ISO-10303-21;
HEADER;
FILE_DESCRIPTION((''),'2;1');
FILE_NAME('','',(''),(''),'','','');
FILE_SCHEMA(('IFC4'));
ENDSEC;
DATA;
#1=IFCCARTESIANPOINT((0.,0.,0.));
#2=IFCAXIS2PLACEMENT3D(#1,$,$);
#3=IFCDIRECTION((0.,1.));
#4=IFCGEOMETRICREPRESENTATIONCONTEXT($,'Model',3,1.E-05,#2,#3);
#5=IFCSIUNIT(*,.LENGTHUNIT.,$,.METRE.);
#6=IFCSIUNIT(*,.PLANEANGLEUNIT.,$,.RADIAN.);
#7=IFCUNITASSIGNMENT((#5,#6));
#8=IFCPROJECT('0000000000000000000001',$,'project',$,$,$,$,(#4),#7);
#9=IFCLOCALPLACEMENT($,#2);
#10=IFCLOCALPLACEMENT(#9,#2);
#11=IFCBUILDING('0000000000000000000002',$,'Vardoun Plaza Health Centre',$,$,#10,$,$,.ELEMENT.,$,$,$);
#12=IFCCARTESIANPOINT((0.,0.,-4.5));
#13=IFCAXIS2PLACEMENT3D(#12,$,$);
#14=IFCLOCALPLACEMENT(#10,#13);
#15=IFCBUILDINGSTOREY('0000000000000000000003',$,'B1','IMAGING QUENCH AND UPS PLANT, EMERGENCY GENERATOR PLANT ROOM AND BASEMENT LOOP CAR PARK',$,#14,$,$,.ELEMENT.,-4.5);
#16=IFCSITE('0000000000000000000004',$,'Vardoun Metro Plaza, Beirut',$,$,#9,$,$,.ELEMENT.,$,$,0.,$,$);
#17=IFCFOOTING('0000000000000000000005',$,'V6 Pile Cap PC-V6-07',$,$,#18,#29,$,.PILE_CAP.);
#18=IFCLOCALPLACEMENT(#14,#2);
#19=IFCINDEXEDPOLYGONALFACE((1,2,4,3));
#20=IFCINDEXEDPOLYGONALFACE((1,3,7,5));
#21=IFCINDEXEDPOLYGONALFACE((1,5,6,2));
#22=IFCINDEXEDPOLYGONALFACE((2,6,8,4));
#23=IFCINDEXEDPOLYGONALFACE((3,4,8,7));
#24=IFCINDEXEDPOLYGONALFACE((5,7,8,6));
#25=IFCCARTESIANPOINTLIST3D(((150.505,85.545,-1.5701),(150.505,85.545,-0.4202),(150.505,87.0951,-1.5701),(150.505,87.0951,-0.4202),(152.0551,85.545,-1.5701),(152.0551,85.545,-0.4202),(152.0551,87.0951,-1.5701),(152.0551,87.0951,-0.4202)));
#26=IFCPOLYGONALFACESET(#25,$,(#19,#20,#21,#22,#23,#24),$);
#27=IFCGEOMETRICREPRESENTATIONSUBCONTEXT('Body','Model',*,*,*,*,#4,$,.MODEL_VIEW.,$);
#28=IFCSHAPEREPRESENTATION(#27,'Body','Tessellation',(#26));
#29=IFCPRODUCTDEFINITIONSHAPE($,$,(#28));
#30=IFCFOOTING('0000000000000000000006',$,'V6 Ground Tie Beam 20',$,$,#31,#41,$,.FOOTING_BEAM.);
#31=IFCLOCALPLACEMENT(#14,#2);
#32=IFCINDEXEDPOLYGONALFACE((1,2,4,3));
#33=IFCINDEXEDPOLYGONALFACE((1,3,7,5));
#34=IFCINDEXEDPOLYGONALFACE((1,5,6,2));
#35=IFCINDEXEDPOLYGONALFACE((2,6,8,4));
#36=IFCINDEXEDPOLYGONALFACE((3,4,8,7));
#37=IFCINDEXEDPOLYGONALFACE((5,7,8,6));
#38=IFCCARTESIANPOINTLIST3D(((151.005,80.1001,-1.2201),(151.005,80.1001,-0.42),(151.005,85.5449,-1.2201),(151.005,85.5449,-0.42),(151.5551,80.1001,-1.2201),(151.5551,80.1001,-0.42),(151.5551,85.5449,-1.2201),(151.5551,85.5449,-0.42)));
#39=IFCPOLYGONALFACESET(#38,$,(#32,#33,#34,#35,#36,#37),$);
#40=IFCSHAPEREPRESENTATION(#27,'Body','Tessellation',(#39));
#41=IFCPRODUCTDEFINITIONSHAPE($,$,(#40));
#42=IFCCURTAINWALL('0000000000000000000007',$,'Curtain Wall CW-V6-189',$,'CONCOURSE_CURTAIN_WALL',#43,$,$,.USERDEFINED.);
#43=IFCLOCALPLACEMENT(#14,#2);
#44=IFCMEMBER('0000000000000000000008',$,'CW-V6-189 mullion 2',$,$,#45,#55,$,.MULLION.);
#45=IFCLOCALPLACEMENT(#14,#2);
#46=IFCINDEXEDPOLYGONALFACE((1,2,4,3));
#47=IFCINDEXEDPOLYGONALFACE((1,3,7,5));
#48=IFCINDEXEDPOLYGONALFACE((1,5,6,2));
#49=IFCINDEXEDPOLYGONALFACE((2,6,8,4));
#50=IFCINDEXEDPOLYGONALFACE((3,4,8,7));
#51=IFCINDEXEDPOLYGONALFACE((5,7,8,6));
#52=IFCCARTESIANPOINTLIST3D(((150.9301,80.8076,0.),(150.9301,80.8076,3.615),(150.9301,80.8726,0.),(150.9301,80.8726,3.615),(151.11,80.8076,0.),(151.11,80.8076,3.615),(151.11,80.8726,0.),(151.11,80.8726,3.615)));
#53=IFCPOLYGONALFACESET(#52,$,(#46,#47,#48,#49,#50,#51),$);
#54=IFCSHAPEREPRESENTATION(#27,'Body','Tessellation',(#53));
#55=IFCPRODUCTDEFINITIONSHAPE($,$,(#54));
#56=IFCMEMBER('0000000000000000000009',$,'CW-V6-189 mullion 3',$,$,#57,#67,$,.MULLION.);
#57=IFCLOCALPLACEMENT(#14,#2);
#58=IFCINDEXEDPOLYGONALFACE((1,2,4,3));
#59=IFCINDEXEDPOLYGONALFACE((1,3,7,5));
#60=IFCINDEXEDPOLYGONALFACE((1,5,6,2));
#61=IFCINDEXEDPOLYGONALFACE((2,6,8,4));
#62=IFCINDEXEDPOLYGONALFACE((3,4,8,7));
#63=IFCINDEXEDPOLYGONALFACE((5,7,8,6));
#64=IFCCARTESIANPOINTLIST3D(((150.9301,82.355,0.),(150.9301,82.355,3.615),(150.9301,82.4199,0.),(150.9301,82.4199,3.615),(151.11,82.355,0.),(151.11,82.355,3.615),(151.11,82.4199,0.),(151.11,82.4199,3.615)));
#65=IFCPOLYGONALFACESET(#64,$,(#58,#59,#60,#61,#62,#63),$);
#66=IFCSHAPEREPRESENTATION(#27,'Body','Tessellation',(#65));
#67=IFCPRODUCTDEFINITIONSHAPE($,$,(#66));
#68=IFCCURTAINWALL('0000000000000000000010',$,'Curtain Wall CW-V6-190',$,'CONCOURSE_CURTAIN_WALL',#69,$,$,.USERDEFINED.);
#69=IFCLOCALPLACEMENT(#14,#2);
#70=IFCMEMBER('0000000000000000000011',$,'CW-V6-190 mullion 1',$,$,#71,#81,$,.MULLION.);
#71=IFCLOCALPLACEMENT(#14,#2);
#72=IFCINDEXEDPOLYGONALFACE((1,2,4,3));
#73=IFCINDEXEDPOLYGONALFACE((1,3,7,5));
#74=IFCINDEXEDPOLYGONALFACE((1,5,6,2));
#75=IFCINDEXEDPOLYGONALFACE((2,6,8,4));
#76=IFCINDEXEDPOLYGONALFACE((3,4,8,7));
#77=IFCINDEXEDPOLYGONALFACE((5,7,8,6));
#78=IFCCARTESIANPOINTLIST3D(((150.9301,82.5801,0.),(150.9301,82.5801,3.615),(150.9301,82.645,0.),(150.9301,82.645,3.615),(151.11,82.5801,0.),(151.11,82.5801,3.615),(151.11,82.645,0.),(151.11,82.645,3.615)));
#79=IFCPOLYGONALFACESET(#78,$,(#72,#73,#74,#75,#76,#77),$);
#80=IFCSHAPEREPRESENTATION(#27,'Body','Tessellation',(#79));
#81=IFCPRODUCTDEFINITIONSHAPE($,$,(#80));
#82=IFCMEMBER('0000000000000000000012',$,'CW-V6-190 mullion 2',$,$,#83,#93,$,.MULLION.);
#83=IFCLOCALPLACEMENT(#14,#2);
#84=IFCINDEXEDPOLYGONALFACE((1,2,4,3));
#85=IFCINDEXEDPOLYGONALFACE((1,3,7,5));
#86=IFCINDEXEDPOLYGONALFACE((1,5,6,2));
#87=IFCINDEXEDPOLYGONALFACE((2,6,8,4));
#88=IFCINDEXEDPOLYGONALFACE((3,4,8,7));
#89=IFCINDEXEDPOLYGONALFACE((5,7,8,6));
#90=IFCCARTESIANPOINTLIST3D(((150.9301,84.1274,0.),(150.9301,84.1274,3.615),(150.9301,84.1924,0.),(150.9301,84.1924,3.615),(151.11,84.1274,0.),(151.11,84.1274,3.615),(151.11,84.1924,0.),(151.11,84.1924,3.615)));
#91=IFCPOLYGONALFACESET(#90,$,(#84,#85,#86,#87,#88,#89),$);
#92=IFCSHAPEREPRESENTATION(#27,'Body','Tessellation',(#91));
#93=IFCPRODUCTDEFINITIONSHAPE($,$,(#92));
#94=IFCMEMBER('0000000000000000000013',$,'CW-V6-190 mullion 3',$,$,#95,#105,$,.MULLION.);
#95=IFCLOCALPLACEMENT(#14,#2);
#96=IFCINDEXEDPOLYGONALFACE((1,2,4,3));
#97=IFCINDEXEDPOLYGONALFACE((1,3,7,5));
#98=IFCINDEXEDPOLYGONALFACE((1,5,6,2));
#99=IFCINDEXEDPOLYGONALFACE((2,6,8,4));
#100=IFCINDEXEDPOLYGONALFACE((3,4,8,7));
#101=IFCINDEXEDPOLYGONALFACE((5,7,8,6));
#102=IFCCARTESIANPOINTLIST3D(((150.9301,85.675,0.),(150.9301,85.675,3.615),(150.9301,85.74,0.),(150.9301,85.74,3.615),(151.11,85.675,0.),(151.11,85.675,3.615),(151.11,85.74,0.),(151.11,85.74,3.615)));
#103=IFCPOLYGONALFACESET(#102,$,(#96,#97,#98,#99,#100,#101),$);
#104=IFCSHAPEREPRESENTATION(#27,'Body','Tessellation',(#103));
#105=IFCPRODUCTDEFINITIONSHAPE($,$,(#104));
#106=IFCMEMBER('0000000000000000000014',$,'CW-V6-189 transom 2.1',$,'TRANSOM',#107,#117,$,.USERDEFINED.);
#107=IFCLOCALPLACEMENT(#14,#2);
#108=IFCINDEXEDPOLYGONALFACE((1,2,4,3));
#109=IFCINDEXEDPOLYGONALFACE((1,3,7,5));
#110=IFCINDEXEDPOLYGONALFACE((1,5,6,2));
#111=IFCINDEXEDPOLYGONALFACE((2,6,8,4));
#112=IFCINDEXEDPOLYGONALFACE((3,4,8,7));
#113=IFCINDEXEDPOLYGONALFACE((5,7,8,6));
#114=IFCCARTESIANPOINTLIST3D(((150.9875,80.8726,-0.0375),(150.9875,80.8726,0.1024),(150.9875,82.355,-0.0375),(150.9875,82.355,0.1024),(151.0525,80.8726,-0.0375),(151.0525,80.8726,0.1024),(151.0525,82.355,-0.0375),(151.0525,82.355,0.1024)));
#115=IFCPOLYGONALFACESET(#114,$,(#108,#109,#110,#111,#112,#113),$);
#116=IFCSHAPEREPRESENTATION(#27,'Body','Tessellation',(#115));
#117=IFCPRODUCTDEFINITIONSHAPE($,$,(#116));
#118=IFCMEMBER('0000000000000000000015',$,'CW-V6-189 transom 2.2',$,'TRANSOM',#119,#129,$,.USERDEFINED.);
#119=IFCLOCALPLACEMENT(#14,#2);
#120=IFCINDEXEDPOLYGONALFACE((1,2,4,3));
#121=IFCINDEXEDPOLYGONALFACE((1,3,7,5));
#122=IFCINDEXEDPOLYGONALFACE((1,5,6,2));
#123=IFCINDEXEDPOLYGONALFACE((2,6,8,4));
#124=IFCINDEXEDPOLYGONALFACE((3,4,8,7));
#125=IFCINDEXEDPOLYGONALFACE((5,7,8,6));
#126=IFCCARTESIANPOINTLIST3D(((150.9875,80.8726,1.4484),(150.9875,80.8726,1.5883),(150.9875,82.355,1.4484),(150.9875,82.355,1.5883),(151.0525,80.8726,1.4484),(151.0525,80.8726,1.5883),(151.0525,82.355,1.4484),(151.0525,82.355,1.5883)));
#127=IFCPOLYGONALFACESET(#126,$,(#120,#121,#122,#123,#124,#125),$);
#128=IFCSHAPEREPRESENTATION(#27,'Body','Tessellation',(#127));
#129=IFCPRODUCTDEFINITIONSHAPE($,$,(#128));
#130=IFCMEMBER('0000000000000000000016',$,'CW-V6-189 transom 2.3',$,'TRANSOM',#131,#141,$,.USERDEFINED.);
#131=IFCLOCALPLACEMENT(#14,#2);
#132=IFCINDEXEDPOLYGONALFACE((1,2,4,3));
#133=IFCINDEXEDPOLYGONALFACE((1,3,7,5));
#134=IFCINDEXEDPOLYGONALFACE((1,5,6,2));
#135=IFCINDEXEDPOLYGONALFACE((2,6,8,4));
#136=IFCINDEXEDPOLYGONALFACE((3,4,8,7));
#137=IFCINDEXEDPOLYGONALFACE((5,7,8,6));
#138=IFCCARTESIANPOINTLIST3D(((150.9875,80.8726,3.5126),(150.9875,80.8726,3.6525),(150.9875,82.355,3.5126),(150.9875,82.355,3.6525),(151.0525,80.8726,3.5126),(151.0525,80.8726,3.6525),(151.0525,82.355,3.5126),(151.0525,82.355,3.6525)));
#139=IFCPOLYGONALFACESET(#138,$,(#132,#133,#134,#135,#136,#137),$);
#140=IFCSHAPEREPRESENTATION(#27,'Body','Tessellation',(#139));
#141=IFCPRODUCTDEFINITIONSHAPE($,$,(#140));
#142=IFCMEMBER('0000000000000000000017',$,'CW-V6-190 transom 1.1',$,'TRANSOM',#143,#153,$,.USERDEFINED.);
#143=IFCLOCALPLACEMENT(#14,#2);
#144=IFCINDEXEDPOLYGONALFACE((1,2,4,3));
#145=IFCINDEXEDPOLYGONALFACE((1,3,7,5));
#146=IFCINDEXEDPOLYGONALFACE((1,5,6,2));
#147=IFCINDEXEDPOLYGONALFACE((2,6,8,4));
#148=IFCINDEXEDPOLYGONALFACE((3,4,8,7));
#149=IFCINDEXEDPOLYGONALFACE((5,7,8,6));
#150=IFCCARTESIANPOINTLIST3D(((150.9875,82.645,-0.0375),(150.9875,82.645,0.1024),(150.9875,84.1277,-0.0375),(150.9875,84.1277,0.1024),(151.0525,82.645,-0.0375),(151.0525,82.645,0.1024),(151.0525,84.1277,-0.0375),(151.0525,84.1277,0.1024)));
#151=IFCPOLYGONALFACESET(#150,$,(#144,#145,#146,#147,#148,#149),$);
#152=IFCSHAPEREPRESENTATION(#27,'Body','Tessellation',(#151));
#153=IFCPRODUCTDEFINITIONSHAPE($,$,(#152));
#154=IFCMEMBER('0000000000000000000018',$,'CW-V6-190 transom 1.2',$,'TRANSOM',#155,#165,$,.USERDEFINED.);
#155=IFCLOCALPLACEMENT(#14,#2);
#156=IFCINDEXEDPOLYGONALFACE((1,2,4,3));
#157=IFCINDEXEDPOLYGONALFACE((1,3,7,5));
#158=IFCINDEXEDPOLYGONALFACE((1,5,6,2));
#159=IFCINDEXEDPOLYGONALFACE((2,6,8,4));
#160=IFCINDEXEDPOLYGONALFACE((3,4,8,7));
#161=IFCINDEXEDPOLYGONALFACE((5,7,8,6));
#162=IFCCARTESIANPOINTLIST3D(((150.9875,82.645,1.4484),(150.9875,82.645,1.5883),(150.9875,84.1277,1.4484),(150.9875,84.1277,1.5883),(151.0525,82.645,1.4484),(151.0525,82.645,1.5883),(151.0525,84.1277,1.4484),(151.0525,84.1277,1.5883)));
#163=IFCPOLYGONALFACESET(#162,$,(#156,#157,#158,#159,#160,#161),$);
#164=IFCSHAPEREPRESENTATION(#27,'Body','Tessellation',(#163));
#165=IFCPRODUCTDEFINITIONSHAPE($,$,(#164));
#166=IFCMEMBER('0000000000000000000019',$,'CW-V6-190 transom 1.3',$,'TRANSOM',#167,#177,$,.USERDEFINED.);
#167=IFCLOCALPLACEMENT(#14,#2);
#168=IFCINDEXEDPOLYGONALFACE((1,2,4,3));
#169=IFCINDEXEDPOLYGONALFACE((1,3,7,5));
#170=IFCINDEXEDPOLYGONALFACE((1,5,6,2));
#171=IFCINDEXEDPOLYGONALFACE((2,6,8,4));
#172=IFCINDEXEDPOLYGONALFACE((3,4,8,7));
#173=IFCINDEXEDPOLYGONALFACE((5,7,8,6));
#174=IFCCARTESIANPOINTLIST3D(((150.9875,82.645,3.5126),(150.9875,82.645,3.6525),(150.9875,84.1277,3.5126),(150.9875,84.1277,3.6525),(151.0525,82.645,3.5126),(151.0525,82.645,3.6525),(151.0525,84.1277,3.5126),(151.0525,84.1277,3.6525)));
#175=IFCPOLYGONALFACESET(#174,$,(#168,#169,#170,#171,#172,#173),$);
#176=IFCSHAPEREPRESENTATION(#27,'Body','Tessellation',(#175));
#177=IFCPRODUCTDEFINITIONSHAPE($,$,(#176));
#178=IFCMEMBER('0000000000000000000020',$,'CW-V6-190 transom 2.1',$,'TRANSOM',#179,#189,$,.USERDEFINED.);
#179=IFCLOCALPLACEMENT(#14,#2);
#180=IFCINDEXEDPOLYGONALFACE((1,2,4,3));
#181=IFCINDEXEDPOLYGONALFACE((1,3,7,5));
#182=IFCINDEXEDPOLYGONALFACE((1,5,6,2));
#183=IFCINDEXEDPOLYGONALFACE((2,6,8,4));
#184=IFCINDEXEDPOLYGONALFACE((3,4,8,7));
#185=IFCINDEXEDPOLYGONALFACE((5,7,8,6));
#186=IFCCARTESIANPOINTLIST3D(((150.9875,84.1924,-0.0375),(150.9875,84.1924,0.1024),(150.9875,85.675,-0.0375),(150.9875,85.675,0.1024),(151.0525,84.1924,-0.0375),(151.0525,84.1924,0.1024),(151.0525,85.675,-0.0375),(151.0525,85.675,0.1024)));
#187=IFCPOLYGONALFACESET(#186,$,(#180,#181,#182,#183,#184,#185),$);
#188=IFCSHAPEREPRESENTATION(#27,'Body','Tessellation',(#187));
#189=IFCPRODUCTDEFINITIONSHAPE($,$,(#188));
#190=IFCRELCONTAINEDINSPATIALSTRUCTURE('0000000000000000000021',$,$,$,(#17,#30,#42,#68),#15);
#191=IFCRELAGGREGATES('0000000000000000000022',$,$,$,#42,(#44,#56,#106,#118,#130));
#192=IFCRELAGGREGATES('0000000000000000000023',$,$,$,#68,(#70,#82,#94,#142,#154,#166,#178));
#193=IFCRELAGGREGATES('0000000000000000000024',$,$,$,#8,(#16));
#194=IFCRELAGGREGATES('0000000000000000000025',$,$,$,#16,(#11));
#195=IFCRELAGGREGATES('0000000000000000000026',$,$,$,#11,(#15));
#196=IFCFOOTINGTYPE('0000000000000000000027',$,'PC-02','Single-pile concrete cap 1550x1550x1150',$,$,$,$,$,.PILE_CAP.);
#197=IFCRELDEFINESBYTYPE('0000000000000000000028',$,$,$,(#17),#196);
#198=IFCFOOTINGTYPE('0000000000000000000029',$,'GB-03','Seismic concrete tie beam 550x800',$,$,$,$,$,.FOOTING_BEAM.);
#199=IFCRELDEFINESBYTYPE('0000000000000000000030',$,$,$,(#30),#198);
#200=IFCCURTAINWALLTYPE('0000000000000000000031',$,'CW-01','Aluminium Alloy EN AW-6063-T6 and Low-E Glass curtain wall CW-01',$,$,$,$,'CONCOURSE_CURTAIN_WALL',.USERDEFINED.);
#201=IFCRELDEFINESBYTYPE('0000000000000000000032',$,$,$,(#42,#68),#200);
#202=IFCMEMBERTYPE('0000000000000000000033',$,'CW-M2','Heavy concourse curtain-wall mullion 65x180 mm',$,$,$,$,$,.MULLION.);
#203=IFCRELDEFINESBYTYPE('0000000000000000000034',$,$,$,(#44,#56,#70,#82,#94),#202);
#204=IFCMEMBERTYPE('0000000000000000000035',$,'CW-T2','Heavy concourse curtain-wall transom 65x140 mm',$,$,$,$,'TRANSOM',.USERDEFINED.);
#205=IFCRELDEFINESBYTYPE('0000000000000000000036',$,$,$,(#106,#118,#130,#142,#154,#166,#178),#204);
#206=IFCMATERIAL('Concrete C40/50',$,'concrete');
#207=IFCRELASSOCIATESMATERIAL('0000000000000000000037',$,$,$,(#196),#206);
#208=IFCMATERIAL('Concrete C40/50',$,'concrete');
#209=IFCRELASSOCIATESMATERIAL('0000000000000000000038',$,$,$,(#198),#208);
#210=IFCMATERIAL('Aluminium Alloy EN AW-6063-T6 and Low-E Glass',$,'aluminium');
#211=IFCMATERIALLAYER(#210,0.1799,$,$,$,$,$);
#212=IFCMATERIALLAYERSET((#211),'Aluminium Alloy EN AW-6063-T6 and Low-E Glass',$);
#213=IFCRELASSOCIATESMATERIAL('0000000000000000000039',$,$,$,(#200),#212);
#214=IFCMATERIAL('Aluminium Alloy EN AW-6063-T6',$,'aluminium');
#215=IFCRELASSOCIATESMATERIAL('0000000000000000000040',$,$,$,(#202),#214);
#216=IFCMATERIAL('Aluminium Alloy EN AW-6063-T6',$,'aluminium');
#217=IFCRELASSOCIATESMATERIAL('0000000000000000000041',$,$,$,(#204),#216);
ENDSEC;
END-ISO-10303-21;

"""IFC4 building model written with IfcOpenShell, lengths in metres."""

from ifc_helpers import new_model, si_unit, direction, frame, origin, origin_2d, place, context, subcontext, project, spatial, rectangle, extrude, material, layer, layer_set, material_profile, profile_set, type_object, element, aggregate, save


model = new_model("IFC4")

# Units and contexts
model_context = context("Model", 3, precision=1e-05, world=origin(), true_north=direction((0.0, 1.0)))
body_context = subcontext(model_context, "Body", "Model", "MODEL_VIEW")
ifc_project = project(units=[si_unit("LENGTHUNIT", "METRE"), si_unit("PLANEANGLEUNIT", "RADIAN")], contexts=[model_context])

# Site, building, storey
site_placement = place(None, origin())
site = spatial("IfcSite", under=ifc_project, at=site_placement, Name="Vardoun Metro Plaza, Beirut", CompositionType="ELEMENT", RefElevation=0.0)
building_placement = place(site_placement, origin())
building = spatial("IfcBuilding", under=site, at=building_placement, Name="Vardoun Plaza Health Centre", CompositionType="ELEMENT")
storey_placement = place(building_placement, frame((0.0, 0.0, -4.5)))
storey = spatial("IfcBuildingStorey", under=building, at=storey_placement, Name="B1", Description="IMAGING QUENCH AND UPS PLANT, EMERGENCY GENERATOR PLANT ROOM AND BASEMENT LOOP CAR PARK", CompositionType="ELEMENT", Elevation=-4.5)

# Footings
ifc_material_1 = material(Name="Concrete C40/50", Category="concrete")
footing_type_1 = type_object("IfcFootingType", Name="PC-02", Description="Single-pile concrete cap 1550x1550x1150", PredefinedType="PILE_CAP", material=ifc_material_1)
footing_1_placement = place(storey_placement, frame((151.28, 86.3201, -1.5701), z_axis=(0.0, 0.0, 1.0), x_axis=(1.0, 0.0, 0.0)))
element("IfcFooting", 1, at=footing_1_placement, inside=storey, type_object=footing_type_1, Name="V6 Pile Cap PC-V6-07", PredefinedType="PILE_CAP", context=body_context, shape_type="SweptSolid", body=[
    extrude(rectangle(XDim=1.55, YDim=1.55, at=origin_2d()), origin(), (0.0, 0.0, 1.0), 1.1499),
])
ifc_material_2 = material(Name="Concrete C40/50", Category="concrete")
ifc_material_profile_1 = material_profile(ifc_material_2, rectangle(XDim=0.55, YDim=0.8, at=origin_2d()), Name="GB 550x800")
ifc_profile_set_1 = profile_set([ifc_material_profile_1], Name="Concrete C40/50")
footing_type_2 = type_object("IfcFootingType", Name="GB-03", Description="Seismic concrete tie beam 550x800", PredefinedType="FOOTING_BEAM", material=ifc_profile_set_1)
footing_2_placement = place(storey_placement, frame((151.28, 80.1001, -0.8201), z_axis=(0.0, 1.0, 0.0), x_axis=(-1.0, 0.0, 0.0)))
element("IfcFooting", 2, at=footing_2_placement, inside=storey, type_object=footing_type_2, Name="V6 Ground Tie Beam 20", PredefinedType="FOOTING_BEAM", context=body_context, shape_type="SweptSolid", body=[
    extrude(rectangle(XDim=0.55, YDim=0.8, at=origin_2d()), origin(), (0.0, 0.0, 1.0), 5.4448),
])

# Curtain walls, members
ifc_material_3 = material(Name="Aluminium Alloy EN AW-6063-T6 and Low-E Glass", Category="aluminium")
ifc_layer_1 = layer(ifc_material_3, 0.1799)
ifc_layer_set_1 = layer_set([ifc_layer_1], Name="Aluminium Alloy EN AW-6063-T6 and Low-E Glass")
curtain_wall_type = type_object("IfcCurtainWallType", Name="CW-01", Description="Aluminium Alloy EN AW-6063-T6 and Low-E Glass curtain wall CW-01", ElementType="CONCOURSE_CURTAIN_WALL", PredefinedType="USERDEFINED", material=ifc_layer_set_1)
curtain_wall_1_placement = place(storey_placement, origin())
curtain_wall_1 = element("IfcCurtainWall", 3, at=curtain_wall_1_placement, inside=storey, type_object=curtain_wall_type, Name="Curtain Wall CW-V6-189", ObjectType="CONCOURSE_CURTAIN_WALL", PredefinedType="USERDEFINED")
ifc_material_4 = material(Name="Aluminium Alloy EN AW-6063-T6", Category="aluminium")
ifc_material_profile_2 = material_profile(ifc_material_4, rectangle(XDim=0.1799, YDim=0.0649, at=origin_2d()), Name="CWM 65x180")
ifc_profile_set_2 = profile_set([ifc_material_profile_2], Name="Aluminium Alloy EN AW-6063-T6")
member_type_1 = type_object("IfcMemberType", Name="CW-M2", Description="Heavy concourse curtain-wall mullion 65x180 mm", PredefinedType="MULLION", material=ifc_profile_set_2)
member_1_placement = place(storey_placement, frame((151.02, 80.8401, 0.0), z_axis=(0.0, 0.0, 1.0), x_axis=(-1.0, 0.0, 0.0)))
member_1 = element("IfcMember", 4, at=member_1_placement, type_object=member_type_1, Name="CW-V6-189 mullion 2", PredefinedType="MULLION", context=body_context, shape_type="SweptSolid", body=[
    extrude(rectangle(XDim=0.1799, YDim=0.0649, at=origin_2d()), origin(), (0.0, 0.0, 1.0), 3.615),
])
member_2_placement = place(storey_placement, frame((151.02, 82.3875, 0.0), z_axis=(0.0, 0.0, 1.0), x_axis=(-1.0, 0.0, 0.0)))
member_2 = element("IfcMember", 5, at=member_2_placement, type_object=member_type_1, Name="CW-V6-189 mullion 3", PredefinedType="MULLION", context=body_context, shape_type="SweptSolid", body=[
    extrude(rectangle(XDim=0.1799, YDim=0.0649, at=origin_2d()), origin(), (0.0, 0.0, 1.0), 3.615),
])
curtain_wall_2_placement = place(storey_placement, origin())
curtain_wall_2 = element("IfcCurtainWall", 6, at=curtain_wall_2_placement, inside=storey, type_object=curtain_wall_type, Name="Curtain Wall CW-V6-190", ObjectType="CONCOURSE_CURTAIN_WALL", PredefinedType="USERDEFINED")
member_3_placement = place(storey_placement, frame((151.02, 82.6125, 0.0), z_axis=(0.0, 0.0, 1.0), x_axis=(-1.0, 0.0, 0.0)))
member_3 = element("IfcMember", 7, at=member_3_placement, type_object=member_type_1, Name="CW-V6-190 mullion 1", PredefinedType="MULLION", context=body_context, shape_type="SweptSolid", body=[
    extrude(rectangle(XDim=0.1799, YDim=0.0649, at=origin_2d()), origin(), (0.0, 0.0, 1.0), 3.615),
])
member_4_placement = place(storey_placement, frame((151.02, 84.1599, 0.0), z_axis=(0.0, 0.0, 1.0), x_axis=(-1.0, 0.0, 0.0)))
member_4 = element("IfcMember", 8, at=member_4_placement, type_object=member_type_1, Name="CW-V6-190 mullion 2", PredefinedType="MULLION", context=body_context, shape_type="SweptSolid", body=[
    extrude(rectangle(XDim=0.1799, YDim=0.0649, at=origin_2d()), origin(), (0.0, 0.0, 1.0), 3.615),
])
member_5_placement = place(storey_placement, frame((151.02, 85.7075, 0.0), z_axis=(0.0, 0.0, 1.0), x_axis=(-1.0, 0.0, 0.0)))
member_5 = element("IfcMember", 9, at=member_5_placement, type_object=member_type_1, Name="CW-V6-190 mullion 3", PredefinedType="MULLION", context=body_context, shape_type="SweptSolid", body=[
    extrude(rectangle(XDim=0.1799, YDim=0.0649, at=origin_2d()), origin(), (0.0, 0.0, 1.0), 3.615),
])

# Members
ifc_material_5 = material(Name="Aluminium Alloy EN AW-6063-T6", Category="aluminium")
ifc_material_profile_3 = material_profile(ifc_material_5, rectangle(XDim=0.0649, YDim=0.1399, at=origin_2d()), Name="CWT 65x140")
ifc_profile_set_3 = profile_set([ifc_material_profile_3], Name="Aluminium Alloy EN AW-6063-T6")
member_type_2 = type_object("IfcMemberType", Name="CW-T2", Description="Heavy concourse curtain-wall transom 65x140 mm", ElementType="TRANSOM", PredefinedType="USERDEFINED", material=ifc_profile_set_3)
member_6_placement = place(storey_placement, frame((151.02, 80.8726, 0.0325), z_axis=(0.0, 1.0, 0.0), x_axis=(-1.0, 0.0, 0.0)))
member_6 = element("IfcMember", 10, at=member_6_placement, type_object=member_type_2, Name="CW-V6-189 transom 2.1", ObjectType="TRANSOM", PredefinedType="USERDEFINED", context=body_context, shape_type="SweptSolid", body=[
    extrude(rectangle(XDim=0.0649, YDim=0.1399, at=origin_2d()), origin(), (0.0, 0.0, 1.0), 1.4824),
])
member_7_placement = place(storey_placement, frame((151.02, 80.8726, 1.5183), z_axis=(0.0, 1.0, 0.0), x_axis=(-1.0, 0.0, 0.0)))
member_7 = element("IfcMember", 11, at=member_7_placement, type_object=member_type_2, Name="CW-V6-189 transom 2.2", ObjectType="TRANSOM", PredefinedType="USERDEFINED", context=body_context, shape_type="SweptSolid", body=[
    extrude(rectangle(XDim=0.0649, YDim=0.1399, at=origin_2d()), origin(), (0.0, 0.0, 1.0), 1.4824),
])
member_8_placement = place(storey_placement, frame((151.02, 80.8726, 3.5825), z_axis=(0.0, 1.0, 0.0), x_axis=(-1.0, 0.0, 0.0)))
member_8 = element("IfcMember", 12, at=member_8_placement, type_object=member_type_2, Name="CW-V6-189 transom 2.3", ObjectType="TRANSOM", PredefinedType="USERDEFINED", context=body_context, shape_type="SweptSolid", body=[
    extrude(rectangle(XDim=0.0649, YDim=0.1399, at=origin_2d()), origin(), (0.0, 0.0, 1.0), 1.4824),
])
member_9_placement = place(storey_placement, frame((151.02, 82.645, 0.0325), z_axis=(0.0, 1.0, 0.0), x_axis=(-1.0, 0.0, 0.0)))
member_9 = element("IfcMember", 13, at=member_9_placement, type_object=member_type_2, Name="CW-V6-190 transom 1.1", ObjectType="TRANSOM", PredefinedType="USERDEFINED", context=body_context, shape_type="SweptSolid", body=[
    extrude(rectangle(XDim=0.0649, YDim=0.1399, at=origin_2d()), origin(), (0.0, 0.0, 1.0), 1.4827),
])
member_10_placement = place(storey_placement, frame((151.02, 82.645, 1.5183), z_axis=(0.0, 1.0, 0.0), x_axis=(-1.0, 0.0, 0.0)))
member_10 = element("IfcMember", 14, at=member_10_placement, type_object=member_type_2, Name="CW-V6-190 transom 1.2", ObjectType="TRANSOM", PredefinedType="USERDEFINED", context=body_context, shape_type="SweptSolid", body=[
    extrude(rectangle(XDim=0.0649, YDim=0.1399, at=origin_2d()), origin(), (0.0, 0.0, 1.0), 1.4827),
])
member_11_placement = place(storey_placement, frame((151.02, 82.645, 3.5825), z_axis=(0.0, 1.0, 0.0), x_axis=(-1.0, 0.0, 0.0)))
member_11 = element("IfcMember", 15, at=member_11_placement, type_object=member_type_2, Name="CW-V6-190 transom 1.3", ObjectType="TRANSOM", PredefinedType="USERDEFINED", context=body_context, shape_type="SweptSolid", body=[
    extrude(rectangle(XDim=0.0649, YDim=0.1399, at=origin_2d()), origin(), (0.0, 0.0, 1.0), 1.4827),
])
member_12_placement = place(storey_placement, frame((151.02, 84.1924, 0.0325), z_axis=(0.0, 1.0, 0.0), x_axis=(-1.0, 0.0, 0.0)))
member_12 = element("IfcMember", 16, at=member_12_placement, type_object=member_type_2, Name="CW-V6-190 transom 2.1", ObjectType="TRANSOM", PredefinedType="USERDEFINED", context=body_context, shape_type="SweptSolid", body=[
    extrude(rectangle(XDim=0.0649, YDim=0.1399, at=origin_2d()), origin(), (0.0, 0.0, 1.0), 1.4827),
])

aggregate(curtain_wall_1, [member_1, member_2, member_6, member_7, member_8])
aggregate(curtain_wall_2, [member_3, member_4, member_5, member_9, member_10, member_11, member_12])

save(model, "model.ifc")
